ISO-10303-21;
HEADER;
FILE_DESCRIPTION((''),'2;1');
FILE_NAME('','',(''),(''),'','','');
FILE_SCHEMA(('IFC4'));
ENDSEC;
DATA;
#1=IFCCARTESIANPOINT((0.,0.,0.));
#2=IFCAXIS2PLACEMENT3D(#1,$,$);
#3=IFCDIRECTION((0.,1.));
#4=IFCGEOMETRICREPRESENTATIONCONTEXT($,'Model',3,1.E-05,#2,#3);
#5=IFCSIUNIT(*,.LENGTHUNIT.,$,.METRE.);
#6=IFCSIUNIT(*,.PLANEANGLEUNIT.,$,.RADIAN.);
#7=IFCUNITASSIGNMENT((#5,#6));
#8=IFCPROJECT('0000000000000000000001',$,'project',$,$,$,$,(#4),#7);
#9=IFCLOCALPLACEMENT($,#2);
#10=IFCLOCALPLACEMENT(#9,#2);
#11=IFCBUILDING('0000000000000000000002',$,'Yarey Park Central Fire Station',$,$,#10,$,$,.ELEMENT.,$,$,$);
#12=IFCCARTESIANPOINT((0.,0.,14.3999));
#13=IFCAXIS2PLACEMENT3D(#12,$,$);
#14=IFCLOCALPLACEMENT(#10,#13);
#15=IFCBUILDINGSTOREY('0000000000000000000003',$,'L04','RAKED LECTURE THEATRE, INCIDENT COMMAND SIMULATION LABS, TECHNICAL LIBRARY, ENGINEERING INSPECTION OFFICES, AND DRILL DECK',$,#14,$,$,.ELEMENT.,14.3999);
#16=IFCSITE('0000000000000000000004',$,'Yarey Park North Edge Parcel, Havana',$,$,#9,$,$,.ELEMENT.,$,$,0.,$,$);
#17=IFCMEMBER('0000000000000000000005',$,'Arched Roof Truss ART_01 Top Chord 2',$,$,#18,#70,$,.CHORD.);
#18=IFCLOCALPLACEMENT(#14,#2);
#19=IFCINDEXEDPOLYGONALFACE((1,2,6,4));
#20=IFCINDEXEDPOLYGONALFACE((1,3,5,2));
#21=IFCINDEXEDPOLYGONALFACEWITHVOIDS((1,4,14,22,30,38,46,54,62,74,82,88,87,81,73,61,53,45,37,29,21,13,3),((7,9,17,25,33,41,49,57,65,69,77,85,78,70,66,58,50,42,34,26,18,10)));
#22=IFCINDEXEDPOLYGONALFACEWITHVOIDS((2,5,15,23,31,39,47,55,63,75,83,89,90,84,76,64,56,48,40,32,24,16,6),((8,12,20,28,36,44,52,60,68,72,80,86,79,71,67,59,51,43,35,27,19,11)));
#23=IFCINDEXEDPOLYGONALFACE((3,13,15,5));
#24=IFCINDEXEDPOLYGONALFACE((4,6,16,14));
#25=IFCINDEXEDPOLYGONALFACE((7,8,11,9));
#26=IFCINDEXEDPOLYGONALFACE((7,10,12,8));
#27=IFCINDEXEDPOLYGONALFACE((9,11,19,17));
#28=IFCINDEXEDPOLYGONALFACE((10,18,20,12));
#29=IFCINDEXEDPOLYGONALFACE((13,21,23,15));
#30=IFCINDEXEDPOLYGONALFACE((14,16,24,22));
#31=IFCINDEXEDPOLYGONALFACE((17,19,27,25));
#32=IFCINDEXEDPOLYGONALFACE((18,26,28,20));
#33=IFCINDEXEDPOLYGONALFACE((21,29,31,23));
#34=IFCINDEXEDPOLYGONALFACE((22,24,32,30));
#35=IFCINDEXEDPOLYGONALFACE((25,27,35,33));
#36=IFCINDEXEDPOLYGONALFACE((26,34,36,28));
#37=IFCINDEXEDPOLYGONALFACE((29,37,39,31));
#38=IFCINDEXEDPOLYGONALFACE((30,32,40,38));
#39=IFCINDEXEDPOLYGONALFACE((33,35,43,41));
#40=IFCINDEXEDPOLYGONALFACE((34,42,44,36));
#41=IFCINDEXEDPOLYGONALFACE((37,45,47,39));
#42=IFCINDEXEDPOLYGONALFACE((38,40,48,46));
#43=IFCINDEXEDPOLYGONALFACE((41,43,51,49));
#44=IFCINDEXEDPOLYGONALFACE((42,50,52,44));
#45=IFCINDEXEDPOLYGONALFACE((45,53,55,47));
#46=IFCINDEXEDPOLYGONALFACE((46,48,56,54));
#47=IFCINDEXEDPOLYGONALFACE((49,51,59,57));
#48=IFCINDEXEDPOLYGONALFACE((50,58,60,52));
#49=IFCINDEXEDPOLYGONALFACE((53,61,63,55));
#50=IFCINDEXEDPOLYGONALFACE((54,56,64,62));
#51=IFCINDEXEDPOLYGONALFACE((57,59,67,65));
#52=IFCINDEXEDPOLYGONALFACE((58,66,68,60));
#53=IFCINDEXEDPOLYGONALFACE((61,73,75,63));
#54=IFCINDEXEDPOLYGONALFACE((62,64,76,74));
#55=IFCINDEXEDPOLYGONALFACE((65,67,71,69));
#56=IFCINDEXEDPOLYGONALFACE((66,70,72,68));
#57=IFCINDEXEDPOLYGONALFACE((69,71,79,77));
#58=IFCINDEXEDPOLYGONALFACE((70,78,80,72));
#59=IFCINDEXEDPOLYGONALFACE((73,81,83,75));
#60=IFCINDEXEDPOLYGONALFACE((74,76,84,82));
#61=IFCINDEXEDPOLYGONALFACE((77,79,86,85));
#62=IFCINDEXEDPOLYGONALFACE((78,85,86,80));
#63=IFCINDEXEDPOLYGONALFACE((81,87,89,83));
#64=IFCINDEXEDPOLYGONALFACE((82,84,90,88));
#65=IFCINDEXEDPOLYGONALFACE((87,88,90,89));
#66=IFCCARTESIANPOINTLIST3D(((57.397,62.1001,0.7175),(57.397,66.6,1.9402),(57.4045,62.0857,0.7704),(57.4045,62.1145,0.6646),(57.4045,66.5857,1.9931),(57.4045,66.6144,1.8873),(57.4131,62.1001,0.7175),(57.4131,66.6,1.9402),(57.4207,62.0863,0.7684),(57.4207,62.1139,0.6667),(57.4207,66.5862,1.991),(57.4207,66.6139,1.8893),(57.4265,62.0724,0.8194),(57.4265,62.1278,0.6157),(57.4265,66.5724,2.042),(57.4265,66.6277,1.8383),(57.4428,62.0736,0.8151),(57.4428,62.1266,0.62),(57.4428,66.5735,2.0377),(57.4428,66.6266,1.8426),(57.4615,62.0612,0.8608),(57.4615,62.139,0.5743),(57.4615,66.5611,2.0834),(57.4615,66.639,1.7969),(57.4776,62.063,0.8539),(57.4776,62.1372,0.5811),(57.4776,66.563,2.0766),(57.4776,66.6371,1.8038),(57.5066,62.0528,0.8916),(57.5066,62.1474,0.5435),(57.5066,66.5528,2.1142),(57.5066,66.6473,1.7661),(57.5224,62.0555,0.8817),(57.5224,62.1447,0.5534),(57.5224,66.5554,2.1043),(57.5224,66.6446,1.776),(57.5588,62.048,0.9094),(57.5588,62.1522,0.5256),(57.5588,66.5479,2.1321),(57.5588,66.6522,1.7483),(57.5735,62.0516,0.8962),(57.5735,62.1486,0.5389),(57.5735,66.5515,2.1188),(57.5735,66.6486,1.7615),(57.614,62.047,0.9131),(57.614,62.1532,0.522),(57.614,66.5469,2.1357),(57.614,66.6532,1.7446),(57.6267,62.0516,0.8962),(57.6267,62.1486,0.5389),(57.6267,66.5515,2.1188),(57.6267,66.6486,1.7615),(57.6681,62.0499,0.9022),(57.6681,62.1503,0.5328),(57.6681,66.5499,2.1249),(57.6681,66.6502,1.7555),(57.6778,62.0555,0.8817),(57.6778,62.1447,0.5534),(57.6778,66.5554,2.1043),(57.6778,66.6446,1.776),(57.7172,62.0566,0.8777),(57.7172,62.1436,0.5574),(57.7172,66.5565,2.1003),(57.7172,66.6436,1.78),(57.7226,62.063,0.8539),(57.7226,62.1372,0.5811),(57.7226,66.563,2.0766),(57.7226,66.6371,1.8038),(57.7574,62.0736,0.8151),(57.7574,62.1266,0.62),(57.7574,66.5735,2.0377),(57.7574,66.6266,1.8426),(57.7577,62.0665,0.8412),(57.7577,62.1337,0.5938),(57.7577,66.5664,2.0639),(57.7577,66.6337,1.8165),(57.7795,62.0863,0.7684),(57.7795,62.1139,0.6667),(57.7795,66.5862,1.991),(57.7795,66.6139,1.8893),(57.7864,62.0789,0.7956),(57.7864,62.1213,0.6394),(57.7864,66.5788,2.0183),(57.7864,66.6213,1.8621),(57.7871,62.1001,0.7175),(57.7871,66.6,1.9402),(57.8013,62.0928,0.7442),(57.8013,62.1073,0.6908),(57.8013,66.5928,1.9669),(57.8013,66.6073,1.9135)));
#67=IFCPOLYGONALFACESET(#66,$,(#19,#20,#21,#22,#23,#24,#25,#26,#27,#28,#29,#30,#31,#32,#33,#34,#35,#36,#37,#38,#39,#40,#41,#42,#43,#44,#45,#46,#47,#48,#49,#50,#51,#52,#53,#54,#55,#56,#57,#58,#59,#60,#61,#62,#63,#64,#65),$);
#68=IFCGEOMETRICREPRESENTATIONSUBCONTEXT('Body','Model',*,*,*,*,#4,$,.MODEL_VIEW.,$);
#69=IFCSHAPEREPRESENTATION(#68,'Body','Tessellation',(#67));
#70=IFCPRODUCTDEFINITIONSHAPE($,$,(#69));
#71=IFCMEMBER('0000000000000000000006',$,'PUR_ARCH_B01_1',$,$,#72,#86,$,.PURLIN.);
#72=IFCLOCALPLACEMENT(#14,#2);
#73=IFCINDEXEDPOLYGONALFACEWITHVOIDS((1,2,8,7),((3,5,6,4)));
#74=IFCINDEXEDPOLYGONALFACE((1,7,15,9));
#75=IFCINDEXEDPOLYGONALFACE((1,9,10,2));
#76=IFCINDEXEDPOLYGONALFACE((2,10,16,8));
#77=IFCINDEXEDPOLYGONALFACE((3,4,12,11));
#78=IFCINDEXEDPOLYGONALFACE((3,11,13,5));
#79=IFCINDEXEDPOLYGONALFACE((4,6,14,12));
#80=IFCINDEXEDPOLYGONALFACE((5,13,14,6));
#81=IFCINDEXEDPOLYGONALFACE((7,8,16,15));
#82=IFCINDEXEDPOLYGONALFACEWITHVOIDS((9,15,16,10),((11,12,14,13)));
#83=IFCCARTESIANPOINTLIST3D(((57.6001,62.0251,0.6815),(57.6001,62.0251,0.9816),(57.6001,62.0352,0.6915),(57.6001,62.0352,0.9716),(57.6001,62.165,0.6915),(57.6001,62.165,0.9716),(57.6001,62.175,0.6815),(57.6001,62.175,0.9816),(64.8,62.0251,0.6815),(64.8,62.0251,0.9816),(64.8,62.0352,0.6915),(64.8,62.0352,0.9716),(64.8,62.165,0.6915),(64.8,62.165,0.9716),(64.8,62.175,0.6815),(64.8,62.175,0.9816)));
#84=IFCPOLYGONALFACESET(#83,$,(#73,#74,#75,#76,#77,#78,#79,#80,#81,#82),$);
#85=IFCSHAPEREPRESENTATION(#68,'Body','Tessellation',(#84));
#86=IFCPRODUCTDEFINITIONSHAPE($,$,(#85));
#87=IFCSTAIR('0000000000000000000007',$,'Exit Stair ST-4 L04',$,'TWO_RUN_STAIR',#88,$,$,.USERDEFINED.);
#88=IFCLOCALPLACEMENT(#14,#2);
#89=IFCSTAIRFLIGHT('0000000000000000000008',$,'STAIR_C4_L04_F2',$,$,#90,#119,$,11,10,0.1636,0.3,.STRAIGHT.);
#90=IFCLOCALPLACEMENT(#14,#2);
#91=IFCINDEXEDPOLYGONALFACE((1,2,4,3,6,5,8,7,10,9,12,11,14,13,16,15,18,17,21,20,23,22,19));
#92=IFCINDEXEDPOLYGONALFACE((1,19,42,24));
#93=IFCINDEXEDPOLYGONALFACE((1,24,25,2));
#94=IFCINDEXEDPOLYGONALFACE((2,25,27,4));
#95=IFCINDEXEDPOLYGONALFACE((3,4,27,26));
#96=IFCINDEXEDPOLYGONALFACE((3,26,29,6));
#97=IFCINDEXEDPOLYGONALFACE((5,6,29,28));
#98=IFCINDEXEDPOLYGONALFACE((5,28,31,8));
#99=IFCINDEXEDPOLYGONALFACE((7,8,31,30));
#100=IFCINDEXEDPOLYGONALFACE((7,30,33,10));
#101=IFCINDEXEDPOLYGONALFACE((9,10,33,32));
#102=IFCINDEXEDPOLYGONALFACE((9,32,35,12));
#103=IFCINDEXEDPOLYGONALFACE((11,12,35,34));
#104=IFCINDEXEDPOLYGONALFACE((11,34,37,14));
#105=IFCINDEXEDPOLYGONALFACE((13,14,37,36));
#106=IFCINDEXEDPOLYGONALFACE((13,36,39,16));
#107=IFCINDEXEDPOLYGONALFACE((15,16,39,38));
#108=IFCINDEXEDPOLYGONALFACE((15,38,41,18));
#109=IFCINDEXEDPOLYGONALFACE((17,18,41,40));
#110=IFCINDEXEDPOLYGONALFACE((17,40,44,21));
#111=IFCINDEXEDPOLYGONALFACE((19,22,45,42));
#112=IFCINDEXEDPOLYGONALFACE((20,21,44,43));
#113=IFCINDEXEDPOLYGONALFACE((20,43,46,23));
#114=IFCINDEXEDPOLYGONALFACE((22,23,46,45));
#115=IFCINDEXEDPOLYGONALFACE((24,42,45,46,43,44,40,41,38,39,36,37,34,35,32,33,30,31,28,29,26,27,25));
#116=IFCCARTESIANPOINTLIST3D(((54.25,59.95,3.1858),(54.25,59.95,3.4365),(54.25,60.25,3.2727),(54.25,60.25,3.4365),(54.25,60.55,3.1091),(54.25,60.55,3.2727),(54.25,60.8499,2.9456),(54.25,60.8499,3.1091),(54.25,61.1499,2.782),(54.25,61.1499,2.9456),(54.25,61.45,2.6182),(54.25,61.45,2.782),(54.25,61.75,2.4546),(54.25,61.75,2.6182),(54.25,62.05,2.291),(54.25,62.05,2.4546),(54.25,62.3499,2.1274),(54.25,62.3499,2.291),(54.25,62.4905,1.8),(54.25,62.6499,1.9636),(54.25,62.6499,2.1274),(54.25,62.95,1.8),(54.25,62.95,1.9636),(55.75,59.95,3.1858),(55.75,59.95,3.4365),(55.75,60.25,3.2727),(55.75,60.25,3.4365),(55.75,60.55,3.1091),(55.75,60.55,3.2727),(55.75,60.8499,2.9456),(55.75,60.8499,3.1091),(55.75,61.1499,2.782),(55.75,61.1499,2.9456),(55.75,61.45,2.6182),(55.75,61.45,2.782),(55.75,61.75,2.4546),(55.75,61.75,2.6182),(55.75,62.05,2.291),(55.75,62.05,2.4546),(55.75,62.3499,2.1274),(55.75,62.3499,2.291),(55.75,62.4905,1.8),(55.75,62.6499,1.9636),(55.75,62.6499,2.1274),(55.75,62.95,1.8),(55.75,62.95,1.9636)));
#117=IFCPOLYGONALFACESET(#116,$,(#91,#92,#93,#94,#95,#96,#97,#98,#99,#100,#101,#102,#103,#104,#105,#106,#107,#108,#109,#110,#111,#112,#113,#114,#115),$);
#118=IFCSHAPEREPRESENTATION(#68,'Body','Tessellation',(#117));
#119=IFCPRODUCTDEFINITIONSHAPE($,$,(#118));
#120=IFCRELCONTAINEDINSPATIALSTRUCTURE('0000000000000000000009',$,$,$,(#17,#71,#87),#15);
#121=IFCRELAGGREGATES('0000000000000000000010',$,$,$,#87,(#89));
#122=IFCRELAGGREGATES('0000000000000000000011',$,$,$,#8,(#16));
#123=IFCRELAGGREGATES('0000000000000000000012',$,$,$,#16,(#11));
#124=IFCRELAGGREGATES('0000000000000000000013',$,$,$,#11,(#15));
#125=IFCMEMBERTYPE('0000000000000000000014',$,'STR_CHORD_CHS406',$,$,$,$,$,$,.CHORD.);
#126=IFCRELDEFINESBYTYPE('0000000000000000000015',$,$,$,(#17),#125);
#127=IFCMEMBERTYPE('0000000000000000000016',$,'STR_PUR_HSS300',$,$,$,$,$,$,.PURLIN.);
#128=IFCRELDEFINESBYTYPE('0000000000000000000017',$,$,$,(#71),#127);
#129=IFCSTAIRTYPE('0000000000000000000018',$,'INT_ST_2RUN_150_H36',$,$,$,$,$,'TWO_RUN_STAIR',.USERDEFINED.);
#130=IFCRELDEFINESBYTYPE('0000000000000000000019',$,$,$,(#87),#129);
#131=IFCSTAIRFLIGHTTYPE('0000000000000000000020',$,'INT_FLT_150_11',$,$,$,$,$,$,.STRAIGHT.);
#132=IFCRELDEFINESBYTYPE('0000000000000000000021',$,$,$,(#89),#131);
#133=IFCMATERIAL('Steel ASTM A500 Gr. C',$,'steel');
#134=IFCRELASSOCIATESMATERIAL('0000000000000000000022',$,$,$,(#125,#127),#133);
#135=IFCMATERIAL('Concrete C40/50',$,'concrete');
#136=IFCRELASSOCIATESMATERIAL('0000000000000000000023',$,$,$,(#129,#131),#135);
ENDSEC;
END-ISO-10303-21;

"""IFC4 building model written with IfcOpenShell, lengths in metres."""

from ifc_helpers import new_model, si_unit, direction, frame, origin, origin_2d, place, context, subcontext, project, spatial, polyline, hollow_rectangle, hollow_circle, outline, extrude, material, material_profile, profile_set, type_object, element, aggregate, save


model = new_model("IFC4")

# Units and contexts
model_context = context("Model", 3, precision=1e-05, world=origin(), true_north=direction((0.0, 1.0)))
body_context = subcontext(model_context, "Body", "Model", "MODEL_VIEW")
ifc_project = project(units=[si_unit("LENGTHUNIT", "METRE"), si_unit("PLANEANGLEUNIT", "RADIAN")], contexts=[model_context])

# Site, building, storey
site_placement = place(None, origin())
site = spatial("IfcSite", under=ifc_project, at=site_placement, Name="Yarey Park North Edge Parcel, Havana", CompositionType="ELEMENT", RefElevation=0.0)
building_placement = place(site_placement, origin())
building = spatial("IfcBuilding", under=site, at=building_placement, Name="Yarey Park Central Fire Station", CompositionType="ELEMENT")
storey_placement = place(building_placement, frame((0.0, 0.0, 14.3999)))
storey = spatial("IfcBuildingStorey", under=building, at=storey_placement, Name="L04", Description="RAKED LECTURE THEATRE, INCIDENT COMMAND SIMULATION LABS, TECHNICAL LIBRARY, ENGINEERING INSPECTION OFFICES, AND DRILL DECK", CompositionType="ELEMENT", Elevation=14.3999)

# Members
ifc_material_1 = material(Name="Steel ASTM A500 Gr. C", Category="steel")
ifc_material_profile_1 = material_profile(ifc_material_1, hollow_circle(Radius=0.2031, WallThickness=0.0161, at=origin_2d()), Name="CHS 406.4x16")
ifc_profile_set_1 = profile_set([ifc_material_profile_1], Name="Steel ASTM A500 Gr. C")
member_type_1 = type_object("IfcMemberType", Name="STR_CHORD_CHS406", PredefinedType="CHORD", material=ifc_profile_set_1)
member_1_placement = place(storey_placement, frame((57.6001, 62.1001, 0.7175), z_axis=(0.0, 0.965015, 0.262196), x_axis=(-1.0, 0.0, 0.0)))
element("IfcMember", 1, at=member_1_placement, inside=storey, type_object=member_type_1, Name="Arched Roof Truss ART_01 Top Chord 2", PredefinedType="CHORD", context=body_context, shape_type="SweptSolid", body=[
    extrude(hollow_circle(Radius=0.2031, WallThickness=0.0161, at=origin_2d()), origin(), (0.0, 0.0, 1.0), 4.6631),
])
ifc_material_profile_2 = material_profile(ifc_material_1, hollow_rectangle(XDim=0.1499, YDim=0.3, WallThickness=0.01, at=origin_2d()), Name="HSS 300x150x10")
ifc_profile_set_2 = profile_set([ifc_material_profile_2], Name="Steel ASTM A500 Gr. C")
member_type_2 = type_object("IfcMemberType", Name="STR_PUR_HSS300", PredefinedType="PURLIN", material=ifc_profile_set_2)
member_2_placement = place(storey_placement, frame((57.6001, 62.1001, 0.8315), z_axis=(1.0, 0.0, 0.0), x_axis=(0.0, 1.0, 0.0)))
element("IfcMember", 2, at=member_2_placement, inside=storey, type_object=member_type_2, Name="PUR_ARCH_B01_1", PredefinedType="PURLIN", context=body_context, shape_type="SweptSolid", body=[
    extrude(hollow_rectangle(XDim=0.1499, YDim=0.3, WallThickness=0.01, at=origin_2d()), origin(), (0.0, 0.0, 1.0), 7.2),
])

# Stair, stair flight
ifc_material_2 = material(Name="Concrete C40/50", Category="concrete")
stair_type = type_object("IfcStairType", Name="INT_ST_2RUN_150_H36", ElementType="TWO_RUN_STAIR", PredefinedType="USERDEFINED", material=ifc_material_2)
stair_placement = place(storey_placement, origin())
stair = element("IfcStair", 3, at=stair_placement, inside=storey, type_object=stair_type, Name="Exit Stair ST-4 L04", ObjectType="TWO_RUN_STAIR", PredefinedType="USERDEFINED")
stair_flight_type = type_object("IfcStairFlightType", Name="INT_FLT_150_11", PredefinedType="STRAIGHT", material=ifc_material_2)
stair_flight_placement = place(storey_placement, frame((55.0, 62.95, 1.8), z_axis=(0.0, 0.0, 1.0), x_axis=(0.0, -1.0, 0.0)))
stair_flight = element("IfcStairFlight", 4, at=stair_flight_placement, type_object=stair_flight_type, Name="STAIR_C4_L04_F2", NumberOfRisers=11, NumberOfTreads=10, PredefinedType="STRAIGHT", RiserHeight=0.1636, TreadLength=0.3, context=body_context, shape_type="SweptSolid", body=[
    extrude(outline(polyline([(0.0, 0.0), (0.0, 0.1636), (0.3, 0.1636), (0.3, 0.3274), (0.6001, 0.3274), (0.6001, 0.491), (0.8999, 0.491), (0.8999, 0.6545), (1.2, 0.6545), (1.2, 0.8181), (1.5, 0.8181), (1.5, 0.9819), (1.8, 0.9819), (1.8, 1.1455), (2.1001, 1.1455), (2.1001, 1.3091), (2.3999, 1.3091), (2.3999, 1.4727), (2.7, 1.4727), (2.7, 1.6365), (3.0, 1.6365), (3.0, 1.8), (3.0, 1.3857), (0.4595, 0.0), (0.0, 0.0)])), frame((0.0, 0.75, 0.0), z_axis=(0.0, -1.0, 0.0), x_axis=(1.0, 0.0, 0.0)), (0.0, 0.0, 1.0), 1.5),
])
aggregate(stair, [stair_flight])

save(model, "model.ifc")
